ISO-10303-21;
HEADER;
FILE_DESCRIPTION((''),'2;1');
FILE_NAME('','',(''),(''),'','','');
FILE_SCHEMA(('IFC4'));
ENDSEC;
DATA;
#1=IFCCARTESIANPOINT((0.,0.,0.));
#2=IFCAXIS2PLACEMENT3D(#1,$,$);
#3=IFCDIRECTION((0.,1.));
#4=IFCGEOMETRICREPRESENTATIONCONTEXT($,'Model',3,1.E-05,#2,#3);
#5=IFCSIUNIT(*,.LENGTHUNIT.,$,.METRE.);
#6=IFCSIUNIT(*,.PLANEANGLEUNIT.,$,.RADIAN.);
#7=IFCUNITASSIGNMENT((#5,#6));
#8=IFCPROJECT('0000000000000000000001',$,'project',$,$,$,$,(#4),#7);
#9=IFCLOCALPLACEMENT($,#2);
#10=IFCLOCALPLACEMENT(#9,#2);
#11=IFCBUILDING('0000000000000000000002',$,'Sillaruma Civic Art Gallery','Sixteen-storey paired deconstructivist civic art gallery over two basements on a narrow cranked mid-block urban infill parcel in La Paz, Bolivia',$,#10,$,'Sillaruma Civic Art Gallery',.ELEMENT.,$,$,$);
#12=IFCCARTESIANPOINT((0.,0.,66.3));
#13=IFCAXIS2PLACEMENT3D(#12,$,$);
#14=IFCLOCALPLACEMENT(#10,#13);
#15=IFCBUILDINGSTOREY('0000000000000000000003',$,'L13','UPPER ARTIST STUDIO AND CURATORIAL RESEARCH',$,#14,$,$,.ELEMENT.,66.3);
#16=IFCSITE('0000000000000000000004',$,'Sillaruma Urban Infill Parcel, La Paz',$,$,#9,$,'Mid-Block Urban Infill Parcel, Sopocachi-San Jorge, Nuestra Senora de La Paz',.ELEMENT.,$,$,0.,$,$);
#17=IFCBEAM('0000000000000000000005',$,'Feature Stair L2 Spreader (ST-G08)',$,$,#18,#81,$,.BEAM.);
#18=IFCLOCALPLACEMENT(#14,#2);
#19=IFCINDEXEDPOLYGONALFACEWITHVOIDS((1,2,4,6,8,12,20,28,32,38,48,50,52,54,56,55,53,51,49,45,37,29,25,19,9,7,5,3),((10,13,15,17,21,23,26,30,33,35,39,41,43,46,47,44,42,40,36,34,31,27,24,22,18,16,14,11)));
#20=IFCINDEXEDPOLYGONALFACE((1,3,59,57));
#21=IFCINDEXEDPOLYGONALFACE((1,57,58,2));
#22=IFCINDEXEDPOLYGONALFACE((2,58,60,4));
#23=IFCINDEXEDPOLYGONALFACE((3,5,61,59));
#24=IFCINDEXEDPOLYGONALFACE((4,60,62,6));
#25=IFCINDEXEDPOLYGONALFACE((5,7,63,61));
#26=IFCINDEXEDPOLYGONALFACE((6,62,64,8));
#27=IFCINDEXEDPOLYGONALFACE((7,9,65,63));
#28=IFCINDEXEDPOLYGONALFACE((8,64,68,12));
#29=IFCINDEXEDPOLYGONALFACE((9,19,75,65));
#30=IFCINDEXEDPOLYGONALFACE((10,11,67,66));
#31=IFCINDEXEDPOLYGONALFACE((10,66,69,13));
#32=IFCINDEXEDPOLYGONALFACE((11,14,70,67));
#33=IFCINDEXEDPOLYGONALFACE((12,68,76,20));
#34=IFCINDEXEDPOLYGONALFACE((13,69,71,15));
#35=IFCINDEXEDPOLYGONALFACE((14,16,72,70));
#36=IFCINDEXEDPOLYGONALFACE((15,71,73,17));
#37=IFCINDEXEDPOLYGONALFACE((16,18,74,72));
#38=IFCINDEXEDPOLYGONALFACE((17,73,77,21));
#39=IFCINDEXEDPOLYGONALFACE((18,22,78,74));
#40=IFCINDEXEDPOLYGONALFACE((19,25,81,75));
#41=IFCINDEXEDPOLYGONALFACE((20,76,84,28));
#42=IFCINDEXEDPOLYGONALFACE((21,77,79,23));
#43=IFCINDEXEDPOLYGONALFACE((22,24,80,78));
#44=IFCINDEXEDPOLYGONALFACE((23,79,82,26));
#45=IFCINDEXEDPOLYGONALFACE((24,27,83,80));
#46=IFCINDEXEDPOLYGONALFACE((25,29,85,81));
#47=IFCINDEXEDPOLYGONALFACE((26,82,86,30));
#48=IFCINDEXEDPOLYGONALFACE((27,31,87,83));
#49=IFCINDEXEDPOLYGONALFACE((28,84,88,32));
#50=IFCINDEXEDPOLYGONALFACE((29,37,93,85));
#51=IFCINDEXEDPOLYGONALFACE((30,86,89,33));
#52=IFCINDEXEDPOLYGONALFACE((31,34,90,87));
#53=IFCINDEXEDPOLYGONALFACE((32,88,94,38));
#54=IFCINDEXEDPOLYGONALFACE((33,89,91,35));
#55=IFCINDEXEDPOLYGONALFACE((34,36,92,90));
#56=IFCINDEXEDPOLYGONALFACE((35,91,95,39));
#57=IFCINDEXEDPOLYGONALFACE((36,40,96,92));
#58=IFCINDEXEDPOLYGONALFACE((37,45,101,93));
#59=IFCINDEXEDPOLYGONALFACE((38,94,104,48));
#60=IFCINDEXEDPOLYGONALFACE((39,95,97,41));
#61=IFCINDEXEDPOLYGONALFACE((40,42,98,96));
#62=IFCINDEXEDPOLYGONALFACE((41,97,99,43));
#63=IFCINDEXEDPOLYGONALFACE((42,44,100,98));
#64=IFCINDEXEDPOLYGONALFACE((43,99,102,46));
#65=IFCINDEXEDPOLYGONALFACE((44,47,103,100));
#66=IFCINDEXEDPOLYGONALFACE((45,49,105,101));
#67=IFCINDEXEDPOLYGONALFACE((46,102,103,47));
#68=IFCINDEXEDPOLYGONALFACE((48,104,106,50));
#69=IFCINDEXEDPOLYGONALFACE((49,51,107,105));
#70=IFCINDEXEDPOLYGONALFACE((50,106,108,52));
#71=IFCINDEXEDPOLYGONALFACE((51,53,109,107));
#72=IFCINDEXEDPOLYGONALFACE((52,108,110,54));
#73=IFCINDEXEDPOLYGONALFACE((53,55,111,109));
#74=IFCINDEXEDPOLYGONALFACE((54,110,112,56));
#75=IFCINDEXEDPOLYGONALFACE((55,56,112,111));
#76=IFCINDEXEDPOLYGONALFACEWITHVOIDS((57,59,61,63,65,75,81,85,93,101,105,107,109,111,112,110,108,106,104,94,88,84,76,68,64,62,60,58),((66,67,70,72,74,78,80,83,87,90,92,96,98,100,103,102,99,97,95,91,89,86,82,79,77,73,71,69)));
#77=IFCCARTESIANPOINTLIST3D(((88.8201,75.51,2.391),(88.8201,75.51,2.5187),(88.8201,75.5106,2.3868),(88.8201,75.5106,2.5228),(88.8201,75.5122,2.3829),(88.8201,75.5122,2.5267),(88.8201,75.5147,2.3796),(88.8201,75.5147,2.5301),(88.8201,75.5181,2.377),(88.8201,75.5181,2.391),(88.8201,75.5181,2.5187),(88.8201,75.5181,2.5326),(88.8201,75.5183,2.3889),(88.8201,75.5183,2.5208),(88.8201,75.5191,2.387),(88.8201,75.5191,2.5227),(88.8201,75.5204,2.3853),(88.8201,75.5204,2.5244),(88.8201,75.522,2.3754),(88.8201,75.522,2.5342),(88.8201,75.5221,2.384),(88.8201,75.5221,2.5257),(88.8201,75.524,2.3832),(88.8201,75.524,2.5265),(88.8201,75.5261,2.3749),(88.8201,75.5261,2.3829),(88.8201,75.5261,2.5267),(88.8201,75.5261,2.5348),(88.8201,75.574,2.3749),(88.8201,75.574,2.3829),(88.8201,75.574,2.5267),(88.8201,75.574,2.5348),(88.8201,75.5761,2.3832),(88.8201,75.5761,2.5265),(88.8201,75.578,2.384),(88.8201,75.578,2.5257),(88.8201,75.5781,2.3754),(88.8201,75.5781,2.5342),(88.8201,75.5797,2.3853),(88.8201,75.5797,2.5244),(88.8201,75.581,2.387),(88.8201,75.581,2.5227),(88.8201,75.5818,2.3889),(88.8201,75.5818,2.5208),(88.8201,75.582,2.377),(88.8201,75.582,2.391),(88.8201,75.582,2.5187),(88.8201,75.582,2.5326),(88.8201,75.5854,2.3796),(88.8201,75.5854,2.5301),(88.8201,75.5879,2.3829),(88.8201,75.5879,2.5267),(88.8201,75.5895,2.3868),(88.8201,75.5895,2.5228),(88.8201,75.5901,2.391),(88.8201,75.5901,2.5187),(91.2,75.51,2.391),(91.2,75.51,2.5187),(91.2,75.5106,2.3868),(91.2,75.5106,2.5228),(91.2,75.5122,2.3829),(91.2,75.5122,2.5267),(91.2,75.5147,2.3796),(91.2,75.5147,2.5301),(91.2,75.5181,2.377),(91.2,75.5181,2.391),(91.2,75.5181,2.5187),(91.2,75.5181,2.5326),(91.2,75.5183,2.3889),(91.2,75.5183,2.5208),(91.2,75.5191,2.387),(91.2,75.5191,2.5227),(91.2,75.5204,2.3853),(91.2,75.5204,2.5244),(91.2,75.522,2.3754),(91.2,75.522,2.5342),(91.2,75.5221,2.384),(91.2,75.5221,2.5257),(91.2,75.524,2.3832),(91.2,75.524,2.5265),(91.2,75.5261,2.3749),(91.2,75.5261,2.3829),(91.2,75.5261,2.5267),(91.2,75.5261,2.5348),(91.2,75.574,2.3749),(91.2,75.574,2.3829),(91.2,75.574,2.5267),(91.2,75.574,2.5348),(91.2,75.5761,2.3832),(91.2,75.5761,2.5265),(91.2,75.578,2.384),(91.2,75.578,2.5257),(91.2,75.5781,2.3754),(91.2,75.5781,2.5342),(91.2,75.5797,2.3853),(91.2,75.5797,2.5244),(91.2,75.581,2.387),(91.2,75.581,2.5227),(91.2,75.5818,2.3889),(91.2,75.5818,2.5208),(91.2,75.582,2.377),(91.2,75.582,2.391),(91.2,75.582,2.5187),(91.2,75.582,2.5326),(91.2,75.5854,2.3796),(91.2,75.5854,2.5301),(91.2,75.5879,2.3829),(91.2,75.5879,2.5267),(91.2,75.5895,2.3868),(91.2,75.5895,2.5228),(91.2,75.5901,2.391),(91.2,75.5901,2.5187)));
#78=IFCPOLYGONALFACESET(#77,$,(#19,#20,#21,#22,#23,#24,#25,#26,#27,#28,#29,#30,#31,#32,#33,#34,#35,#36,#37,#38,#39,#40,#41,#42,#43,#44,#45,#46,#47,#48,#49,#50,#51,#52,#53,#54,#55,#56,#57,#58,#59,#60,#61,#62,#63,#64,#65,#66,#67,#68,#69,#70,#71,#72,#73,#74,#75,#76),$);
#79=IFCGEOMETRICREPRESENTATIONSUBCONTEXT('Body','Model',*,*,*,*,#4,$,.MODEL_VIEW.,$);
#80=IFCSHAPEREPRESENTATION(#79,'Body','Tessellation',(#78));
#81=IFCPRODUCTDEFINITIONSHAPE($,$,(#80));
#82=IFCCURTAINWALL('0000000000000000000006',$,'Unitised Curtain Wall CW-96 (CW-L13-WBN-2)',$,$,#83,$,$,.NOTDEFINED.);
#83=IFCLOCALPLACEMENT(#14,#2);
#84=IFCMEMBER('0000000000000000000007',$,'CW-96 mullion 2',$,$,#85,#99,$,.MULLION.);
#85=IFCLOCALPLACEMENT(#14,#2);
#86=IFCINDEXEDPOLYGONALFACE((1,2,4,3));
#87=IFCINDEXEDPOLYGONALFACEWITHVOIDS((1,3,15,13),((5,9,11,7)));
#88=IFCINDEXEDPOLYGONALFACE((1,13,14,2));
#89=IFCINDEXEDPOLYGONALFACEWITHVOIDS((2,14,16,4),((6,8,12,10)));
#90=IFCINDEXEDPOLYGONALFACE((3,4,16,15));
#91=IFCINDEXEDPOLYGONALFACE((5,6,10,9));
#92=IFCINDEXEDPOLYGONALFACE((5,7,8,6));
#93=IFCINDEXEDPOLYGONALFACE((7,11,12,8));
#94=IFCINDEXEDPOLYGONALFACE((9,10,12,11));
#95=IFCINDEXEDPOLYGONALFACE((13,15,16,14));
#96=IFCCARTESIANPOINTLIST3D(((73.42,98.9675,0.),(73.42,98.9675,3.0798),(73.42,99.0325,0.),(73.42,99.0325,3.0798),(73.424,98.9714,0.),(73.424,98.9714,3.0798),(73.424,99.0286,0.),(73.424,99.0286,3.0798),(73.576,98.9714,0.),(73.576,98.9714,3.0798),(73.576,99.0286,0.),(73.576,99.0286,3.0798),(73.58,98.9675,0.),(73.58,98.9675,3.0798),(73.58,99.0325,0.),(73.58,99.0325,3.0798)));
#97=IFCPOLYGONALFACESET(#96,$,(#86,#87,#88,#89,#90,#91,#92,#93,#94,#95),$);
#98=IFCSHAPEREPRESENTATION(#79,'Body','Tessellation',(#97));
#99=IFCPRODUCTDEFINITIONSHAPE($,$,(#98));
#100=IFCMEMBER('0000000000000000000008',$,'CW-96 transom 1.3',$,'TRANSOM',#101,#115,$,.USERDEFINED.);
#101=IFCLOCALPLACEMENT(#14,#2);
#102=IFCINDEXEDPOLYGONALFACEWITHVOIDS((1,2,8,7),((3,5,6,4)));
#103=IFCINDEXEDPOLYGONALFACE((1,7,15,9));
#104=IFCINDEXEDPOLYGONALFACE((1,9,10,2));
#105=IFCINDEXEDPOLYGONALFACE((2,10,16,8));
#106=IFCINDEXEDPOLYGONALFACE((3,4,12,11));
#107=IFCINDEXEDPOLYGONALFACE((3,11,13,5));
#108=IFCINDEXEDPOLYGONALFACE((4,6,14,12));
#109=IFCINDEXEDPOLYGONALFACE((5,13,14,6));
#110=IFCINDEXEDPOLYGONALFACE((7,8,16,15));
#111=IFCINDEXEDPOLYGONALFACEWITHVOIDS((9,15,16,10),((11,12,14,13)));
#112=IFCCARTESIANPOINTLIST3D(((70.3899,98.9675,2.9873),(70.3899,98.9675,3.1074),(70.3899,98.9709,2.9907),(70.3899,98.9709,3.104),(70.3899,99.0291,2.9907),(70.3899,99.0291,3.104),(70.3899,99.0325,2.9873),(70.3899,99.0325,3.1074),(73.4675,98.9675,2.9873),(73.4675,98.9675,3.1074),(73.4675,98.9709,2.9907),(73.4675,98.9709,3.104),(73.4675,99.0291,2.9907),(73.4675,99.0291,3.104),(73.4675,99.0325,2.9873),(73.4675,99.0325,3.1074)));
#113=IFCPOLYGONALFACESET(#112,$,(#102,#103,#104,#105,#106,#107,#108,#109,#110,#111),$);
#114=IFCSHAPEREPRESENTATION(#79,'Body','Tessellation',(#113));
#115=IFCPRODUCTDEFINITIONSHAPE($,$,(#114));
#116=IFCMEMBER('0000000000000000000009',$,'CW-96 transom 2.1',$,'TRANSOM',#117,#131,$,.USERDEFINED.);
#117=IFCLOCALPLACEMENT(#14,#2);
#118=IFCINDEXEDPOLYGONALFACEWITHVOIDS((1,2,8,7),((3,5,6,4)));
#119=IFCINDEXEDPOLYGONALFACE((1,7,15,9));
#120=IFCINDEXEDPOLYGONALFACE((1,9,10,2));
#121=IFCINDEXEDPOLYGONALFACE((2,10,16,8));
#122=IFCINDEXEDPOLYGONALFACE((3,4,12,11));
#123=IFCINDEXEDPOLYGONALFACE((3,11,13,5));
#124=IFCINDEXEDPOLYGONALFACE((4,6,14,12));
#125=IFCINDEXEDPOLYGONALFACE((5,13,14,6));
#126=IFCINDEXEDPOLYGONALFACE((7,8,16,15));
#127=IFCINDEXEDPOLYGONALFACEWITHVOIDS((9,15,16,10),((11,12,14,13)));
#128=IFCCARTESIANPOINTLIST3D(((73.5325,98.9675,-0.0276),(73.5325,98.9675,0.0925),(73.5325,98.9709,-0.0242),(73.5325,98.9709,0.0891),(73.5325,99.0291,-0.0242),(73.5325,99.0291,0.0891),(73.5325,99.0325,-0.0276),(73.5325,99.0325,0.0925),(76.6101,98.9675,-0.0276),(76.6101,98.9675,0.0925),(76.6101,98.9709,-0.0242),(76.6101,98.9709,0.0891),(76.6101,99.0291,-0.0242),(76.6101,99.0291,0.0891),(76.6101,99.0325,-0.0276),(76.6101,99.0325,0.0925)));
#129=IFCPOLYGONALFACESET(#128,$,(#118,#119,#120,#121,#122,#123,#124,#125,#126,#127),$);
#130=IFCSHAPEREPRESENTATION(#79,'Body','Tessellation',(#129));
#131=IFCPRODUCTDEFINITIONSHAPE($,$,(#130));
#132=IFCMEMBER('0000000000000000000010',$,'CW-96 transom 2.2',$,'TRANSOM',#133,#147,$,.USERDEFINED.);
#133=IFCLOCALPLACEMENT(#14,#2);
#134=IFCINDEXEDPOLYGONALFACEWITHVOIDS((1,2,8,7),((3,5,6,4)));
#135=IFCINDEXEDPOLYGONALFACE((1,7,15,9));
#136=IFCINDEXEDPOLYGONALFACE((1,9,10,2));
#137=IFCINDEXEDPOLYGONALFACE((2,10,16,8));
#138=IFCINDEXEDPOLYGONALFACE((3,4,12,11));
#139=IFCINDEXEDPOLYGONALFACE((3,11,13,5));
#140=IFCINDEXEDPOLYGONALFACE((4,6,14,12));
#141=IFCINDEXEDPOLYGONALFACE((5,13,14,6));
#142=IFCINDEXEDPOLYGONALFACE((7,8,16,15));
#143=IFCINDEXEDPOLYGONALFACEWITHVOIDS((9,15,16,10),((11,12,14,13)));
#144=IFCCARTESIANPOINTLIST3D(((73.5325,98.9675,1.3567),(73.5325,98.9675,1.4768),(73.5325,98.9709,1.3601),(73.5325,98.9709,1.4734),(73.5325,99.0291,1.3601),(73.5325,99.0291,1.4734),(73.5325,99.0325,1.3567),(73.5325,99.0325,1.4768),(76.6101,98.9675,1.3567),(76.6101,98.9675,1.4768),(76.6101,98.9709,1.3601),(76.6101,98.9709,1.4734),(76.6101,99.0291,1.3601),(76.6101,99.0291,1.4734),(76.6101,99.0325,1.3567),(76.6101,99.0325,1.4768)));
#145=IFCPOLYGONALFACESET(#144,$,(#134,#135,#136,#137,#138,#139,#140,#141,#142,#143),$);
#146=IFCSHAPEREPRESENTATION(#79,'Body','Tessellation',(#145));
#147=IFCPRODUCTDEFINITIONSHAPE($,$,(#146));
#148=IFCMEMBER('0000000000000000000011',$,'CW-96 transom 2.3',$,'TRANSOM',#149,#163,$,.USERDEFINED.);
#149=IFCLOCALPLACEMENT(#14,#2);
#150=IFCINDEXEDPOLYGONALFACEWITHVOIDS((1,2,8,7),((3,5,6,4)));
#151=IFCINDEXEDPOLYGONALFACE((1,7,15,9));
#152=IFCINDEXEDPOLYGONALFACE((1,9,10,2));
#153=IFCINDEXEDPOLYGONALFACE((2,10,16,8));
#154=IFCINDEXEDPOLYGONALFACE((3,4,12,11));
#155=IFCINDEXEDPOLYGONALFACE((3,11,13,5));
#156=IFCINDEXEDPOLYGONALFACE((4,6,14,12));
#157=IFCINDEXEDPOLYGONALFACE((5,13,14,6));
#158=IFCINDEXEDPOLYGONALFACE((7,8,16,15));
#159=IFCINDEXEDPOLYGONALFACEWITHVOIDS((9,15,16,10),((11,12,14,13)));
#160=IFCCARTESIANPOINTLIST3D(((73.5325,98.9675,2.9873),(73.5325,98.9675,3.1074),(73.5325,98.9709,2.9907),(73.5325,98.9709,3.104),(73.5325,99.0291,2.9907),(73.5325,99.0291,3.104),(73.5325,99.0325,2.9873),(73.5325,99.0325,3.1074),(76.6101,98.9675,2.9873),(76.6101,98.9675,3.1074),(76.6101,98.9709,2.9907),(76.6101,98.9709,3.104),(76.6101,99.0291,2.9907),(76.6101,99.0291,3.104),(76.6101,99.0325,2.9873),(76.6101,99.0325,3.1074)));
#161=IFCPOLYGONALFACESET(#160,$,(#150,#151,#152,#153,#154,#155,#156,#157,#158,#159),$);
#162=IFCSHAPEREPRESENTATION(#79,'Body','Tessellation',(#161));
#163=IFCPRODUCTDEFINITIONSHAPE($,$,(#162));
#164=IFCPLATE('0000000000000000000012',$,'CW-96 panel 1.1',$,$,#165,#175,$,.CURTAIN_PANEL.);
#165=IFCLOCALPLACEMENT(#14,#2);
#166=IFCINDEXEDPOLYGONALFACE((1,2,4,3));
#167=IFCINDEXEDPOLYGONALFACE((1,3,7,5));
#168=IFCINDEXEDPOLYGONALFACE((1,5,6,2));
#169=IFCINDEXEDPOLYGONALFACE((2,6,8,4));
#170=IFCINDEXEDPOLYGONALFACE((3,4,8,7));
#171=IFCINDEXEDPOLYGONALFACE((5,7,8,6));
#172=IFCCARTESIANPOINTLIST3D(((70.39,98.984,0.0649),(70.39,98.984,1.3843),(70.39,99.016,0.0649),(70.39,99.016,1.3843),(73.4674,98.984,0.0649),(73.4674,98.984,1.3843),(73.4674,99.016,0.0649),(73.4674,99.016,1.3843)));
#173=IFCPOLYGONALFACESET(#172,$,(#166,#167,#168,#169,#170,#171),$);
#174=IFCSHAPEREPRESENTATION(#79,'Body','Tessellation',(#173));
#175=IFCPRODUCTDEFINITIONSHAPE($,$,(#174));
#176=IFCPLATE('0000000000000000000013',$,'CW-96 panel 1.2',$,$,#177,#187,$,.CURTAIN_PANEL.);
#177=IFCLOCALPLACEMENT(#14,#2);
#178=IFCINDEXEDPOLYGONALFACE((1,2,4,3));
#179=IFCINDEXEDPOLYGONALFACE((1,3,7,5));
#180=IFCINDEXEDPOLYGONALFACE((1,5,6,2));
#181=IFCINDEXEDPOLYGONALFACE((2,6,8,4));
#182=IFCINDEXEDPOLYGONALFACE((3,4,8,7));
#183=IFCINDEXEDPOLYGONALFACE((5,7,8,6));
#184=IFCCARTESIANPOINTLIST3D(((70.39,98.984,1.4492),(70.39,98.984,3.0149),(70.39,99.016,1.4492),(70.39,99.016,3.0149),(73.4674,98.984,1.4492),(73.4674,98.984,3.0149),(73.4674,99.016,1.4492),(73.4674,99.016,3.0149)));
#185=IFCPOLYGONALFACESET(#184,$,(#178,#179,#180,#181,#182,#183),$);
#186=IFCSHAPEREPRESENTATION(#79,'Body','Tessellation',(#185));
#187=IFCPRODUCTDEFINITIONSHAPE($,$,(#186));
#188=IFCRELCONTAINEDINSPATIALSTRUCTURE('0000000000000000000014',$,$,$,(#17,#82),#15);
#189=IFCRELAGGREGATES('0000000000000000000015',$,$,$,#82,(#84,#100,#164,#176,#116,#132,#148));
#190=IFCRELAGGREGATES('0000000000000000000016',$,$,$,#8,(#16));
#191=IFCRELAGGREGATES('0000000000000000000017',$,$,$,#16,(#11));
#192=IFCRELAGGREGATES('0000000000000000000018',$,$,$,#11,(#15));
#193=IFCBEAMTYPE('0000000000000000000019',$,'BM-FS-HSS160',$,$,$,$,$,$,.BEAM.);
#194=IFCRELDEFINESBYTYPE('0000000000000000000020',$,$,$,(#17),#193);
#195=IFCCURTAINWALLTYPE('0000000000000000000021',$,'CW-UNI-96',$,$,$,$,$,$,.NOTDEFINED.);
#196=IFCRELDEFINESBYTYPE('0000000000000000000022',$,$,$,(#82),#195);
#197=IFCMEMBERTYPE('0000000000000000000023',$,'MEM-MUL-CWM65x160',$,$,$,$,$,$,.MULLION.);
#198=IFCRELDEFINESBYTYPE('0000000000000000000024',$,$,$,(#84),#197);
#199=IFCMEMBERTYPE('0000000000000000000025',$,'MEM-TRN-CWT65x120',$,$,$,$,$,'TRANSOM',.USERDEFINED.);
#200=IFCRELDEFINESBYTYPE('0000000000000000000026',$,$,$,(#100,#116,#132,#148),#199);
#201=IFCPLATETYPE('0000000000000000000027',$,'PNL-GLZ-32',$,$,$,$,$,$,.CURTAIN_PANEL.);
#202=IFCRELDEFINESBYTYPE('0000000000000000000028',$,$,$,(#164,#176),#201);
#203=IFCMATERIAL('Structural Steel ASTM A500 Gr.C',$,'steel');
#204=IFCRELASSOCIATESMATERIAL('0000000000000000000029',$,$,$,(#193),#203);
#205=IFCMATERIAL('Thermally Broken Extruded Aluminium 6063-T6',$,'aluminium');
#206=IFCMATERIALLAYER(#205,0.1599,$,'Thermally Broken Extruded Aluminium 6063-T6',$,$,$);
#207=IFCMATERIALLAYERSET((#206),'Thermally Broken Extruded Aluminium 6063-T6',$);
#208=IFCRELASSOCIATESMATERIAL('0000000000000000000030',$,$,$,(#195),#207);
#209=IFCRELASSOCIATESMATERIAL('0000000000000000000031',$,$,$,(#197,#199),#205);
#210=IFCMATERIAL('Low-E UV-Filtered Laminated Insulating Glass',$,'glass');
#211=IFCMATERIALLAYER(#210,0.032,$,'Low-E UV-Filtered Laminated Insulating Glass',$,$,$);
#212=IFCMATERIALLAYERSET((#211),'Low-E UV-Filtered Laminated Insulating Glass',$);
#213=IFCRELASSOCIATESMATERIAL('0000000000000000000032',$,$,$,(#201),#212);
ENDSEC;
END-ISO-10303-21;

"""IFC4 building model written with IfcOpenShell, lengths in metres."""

from ifc_helpers import new_model, si_unit, direction, frame, origin, origin_2d, place, context, subcontext, project, spatial, rectangle, hollow_rectangle, extrude, material, layer, layer_set, material_profile, profile_set, type_object, element, aggregate, save


model = new_model("IFC4")

# Units and contexts
model_context = context("Model", 3, precision=1e-05, world=origin(), true_north=direction((0.0, 1.0)))
body_context = subcontext(model_context, "Body", "Model", "MODEL_VIEW")
ifc_project = project(units=[si_unit("LENGTHUNIT", "METRE"), si_unit("PLANEANGLEUNIT", "RADIAN")], contexts=[model_context])

# Site, building, storey
site_placement = place(None, origin())
site = spatial("IfcSite", under=ifc_project, at=site_placement, Name="Sillaruma Urban Infill Parcel, La Paz", LongName="Mid-Block Urban Infill Parcel, Sopocachi-San Jorge, Nuestra Senora de La Paz", CompositionType="ELEMENT", RefElevation=0.0)
building_placement = place(site_placement, origin())
building = spatial("IfcBuilding", under=site, at=building_placement, Name="Sillaruma Civic Art Gallery", Description="Sixteen-storey paired deconstructivist civic art gallery over two basements on a narrow cranked mid-block urban infill parcel in La Paz, Bolivia", LongName="Sillaruma Civic Art Gallery", CompositionType="ELEMENT")
storey_placement = place(building_placement, frame((0.0, 0.0, 66.3)))
storey = spatial("IfcBuildingStorey", under=building, at=storey_placement, Name="L13", Description="UPPER ARTIST STUDIO AND CURATORIAL RESEARCH", CompositionType="ELEMENT", Elevation=66.3)

# Beam
ifc_material_1 = material(Name="Structural Steel ASTM A500 Gr.C", Category="steel")
ifc_material_profile_1 = material_profile(ifc_material_1, hollow_rectangle(XDim=0.0801, YDim=0.1599, WallThickness=0.0081, InnerFilletRadius=0.0081, OuterFilletRadius=0.0161, at=origin_2d()), Name="HSS160x80x8")
ifc_profile_set_1 = profile_set([ifc_material_profile_1], Name="Structural Steel ASTM A500 Gr.C")
beam_type_1 = type_object("IfcBeamType", Name="BM-FS-HSS160", PredefinedType="BEAM", material=ifc_profile_set_1)
beam_1_placement = place(storey_placement, frame((88.8201, 75.55, 2.4548), z_axis=(1.0, 0.0, 0.0), x_axis=(0.0, 1.0, 0.0)))
element("IfcBeam", 1, at=beam_1_placement, inside=storey, type_object=beam_type_1, Name="Feature Stair L2 Spreader (ST-G08)", PredefinedType="BEAM", context=body_context, shape_type="SweptSolid", body=[
    extrude(hollow_rectangle(XDim=0.0801, YDim=0.1599, WallThickness=0.0081, InnerFilletRadius=0.0081, OuterFilletRadius=0.0161, at=origin_2d()), origin(), (0.0, 0.0, 1.0), 2.3799),
])

# Curtain wall, members, plates
ifc_material_2 = material(Name="Thermally Broken Extruded Aluminium 6063-T6", Category="aluminium")
ifc_layer_1 = layer(ifc_material_2, 0.1599, Name="Thermally Broken Extruded Aluminium 6063-T6")
ifc_layer_set_1 = layer_set([ifc_layer_1], Name="Thermally Broken Extruded Aluminium 6063-T6")
curtain_wall_type = type_object("IfcCurtainWallType", Name="CW-UNI-96", PredefinedType="NOTDEFINED", material=ifc_layer_set_1)
curtain_wall_placement = place(storey_placement, origin())
curtain_wall = element("IfcCurtainWall", 2, at=curtain_wall_placement, inside=storey, type_object=curtain_wall_type, Name="Unitised Curtain Wall CW-96 (CW-L13-WBN-2)", PredefinedType="NOTDEFINED")
ifc_material_profile_2 = material_profile(ifc_material_2, hollow_rectangle(XDim=0.0649, YDim=0.1599, WallThickness=0.0039, at=origin_2d()), Name="CWM65x160")
ifc_profile_set_2 = profile_set([ifc_material_profile_2], Name="Thermally Broken Extruded Aluminium 6063-T6")
member_type_1 = type_object("IfcMemberType", Name="MEM-MUL-CWM65x160", PredefinedType="MULLION", material=ifc_profile_set_2)
member_1_placement = place(storey_placement, frame((73.5, 99.0, 0.0), z_axis=(0.0, 0.0, 1.0), x_axis=(0.0, 1.0, 0.0)))
member_1 = element("IfcMember", 3, at=member_1_placement, type_object=member_type_1, Name="CW-96 mullion 2", PredefinedType="MULLION", context=body_context, shape_type="SweptSolid", body=[
    extrude(hollow_rectangle(XDim=0.0649, YDim=0.1599, WallThickness=0.0039, at=origin_2d()), origin(), (0.0, 0.0, 1.0), 3.0798),
])
ifc_material_profile_3 = material_profile(ifc_material_2, hollow_rectangle(XDim=0.0649, YDim=0.1201, WallThickness=0.0034, at=origin_2d()), Name="CWT65x120")
ifc_profile_set_3 = profile_set([ifc_material_profile_3], Name="Thermally Broken Extruded Aluminium 6063-T6")
member_type_2 = type_object("IfcMemberType", Name="MEM-TRN-CWT65x120", ElementType="TRANSOM", PredefinedType="USERDEFINED", material=ifc_profile_set_3)
member_2_placement = place(storey_placement, frame((70.3899, 99.0, 3.0474), z_axis=(1.0, 0.0, 0.0), x_axis=(0.0, 1.0, 0.0)))
member_2 = element("IfcMember", 4, at=member_2_placement, type_object=member_type_2, Name="CW-96 transom 1.3", ObjectType="TRANSOM", PredefinedType="USERDEFINED", context=body_context, shape_type="SweptSolid", body=[
    extrude(hollow_rectangle(XDim=0.0649, YDim=0.1201, WallThickness=0.0034, at=origin_2d()), origin(), (0.0, 0.0, 1.0), 3.0776),
])
member_3_placement = place(storey_placement, frame((73.5325, 99.0, 0.0325), z_axis=(1.0, 0.0, 0.0), x_axis=(0.0, 1.0, 0.0)))
member_3 = element("IfcMember", 5, at=member_3_placement, type_object=member_type_2, Name="CW-96 transom 2.1", ObjectType="TRANSOM", PredefinedType="USERDEFINED", context=body_context, shape_type="SweptSolid", body=[
    extrude(hollow_rectangle(XDim=0.0649, YDim=0.1201, WallThickness=0.0034, at=origin_2d()), origin(), (0.0, 0.0, 1.0), 3.0776),
])
member_4_placement = place(storey_placement, frame((73.5325, 99.0, 1.4167), z_axis=(1.0, 0.0, 0.0), x_axis=(0.0, 1.0, 0.0)))
member_4 = element("IfcMember", 6, at=member_4_placement, type_object=member_type_2, Name="CW-96 transom 2.2", ObjectType="TRANSOM", PredefinedType="USERDEFINED", context=body_context, shape_type="SweptSolid", body=[
    extrude(hollow_rectangle(XDim=0.0649, YDim=0.1201, WallThickness=0.0034, at=origin_2d()), origin(), (0.0, 0.0, 1.0), 3.0776),
])
member_5_placement = place(storey_placement, frame((73.5325, 99.0, 3.0474), z_axis=(1.0, 0.0, 0.0), x_axis=(0.0, 1.0, 0.0)))
member_5 = element("IfcMember", 7, at=member_5_placement, type_object=member_type_2, Name="CW-96 transom 2.3", ObjectType="TRANSOM", PredefinedType="USERDEFINED", context=body_context, shape_type="SweptSolid", body=[
    extrude(hollow_rectangle(XDim=0.0649, YDim=0.1201, WallThickness=0.0034, at=origin_2d()), origin(), (0.0, 0.0, 1.0), 3.0776),
])
ifc_material_3 = material(Name="Low-E UV-Filtered Laminated Insulating Glass", Category="glass")
ifc_layer_2 = layer(ifc_material_3, 0.032, Name="Low-E UV-Filtered Laminated Insulating Glass")
ifc_layer_set_2 = layer_set([ifc_layer_2], Name="Low-E UV-Filtered Laminated Insulating Glass")
plate_type = type_object("IfcPlateType", Name="PNL-GLZ-32", PredefinedType="CURTAIN_PANEL", material=ifc_layer_set_2)
plate_1_placement = place(storey_placement, frame((71.9287, 99.0, 0.0649), z_axis=(0.0, 0.0, 1.0), x_axis=(1.0, 0.0, 0.0)))
plate_1 = element("IfcPlate", 8, at=plate_1_placement, type_object=plate_type, Name="CW-96 panel 1.1", PredefinedType="CURTAIN_PANEL", context=body_context, shape_type="SweptSolid", body=[
    extrude(rectangle(XDim=3.0774, YDim=0.032, at=origin_2d()), origin(), (0.0, 0.0, 1.0), 1.3193),
])
plate_2_placement = place(storey_placement, frame((71.9287, 99.0, 1.4492), z_axis=(0.0, 0.0, 1.0), x_axis=(1.0, 0.0, 0.0)))
plate_2 = element("IfcPlate", 9, at=plate_2_placement, type_object=plate_type, Name="CW-96 panel 1.2", PredefinedType="CURTAIN_PANEL", context=body_context, shape_type="SweptSolid", body=[
    extrude(rectangle(XDim=3.0774, YDim=0.032, at=origin_2d()), origin(), (0.0, 0.0, 1.0), 1.5657),
])
aggregate(curtain_wall, [member_1, member_2, plate_1, plate_2, member_3, member_4, member_5])

save(model, "model.ifc")
